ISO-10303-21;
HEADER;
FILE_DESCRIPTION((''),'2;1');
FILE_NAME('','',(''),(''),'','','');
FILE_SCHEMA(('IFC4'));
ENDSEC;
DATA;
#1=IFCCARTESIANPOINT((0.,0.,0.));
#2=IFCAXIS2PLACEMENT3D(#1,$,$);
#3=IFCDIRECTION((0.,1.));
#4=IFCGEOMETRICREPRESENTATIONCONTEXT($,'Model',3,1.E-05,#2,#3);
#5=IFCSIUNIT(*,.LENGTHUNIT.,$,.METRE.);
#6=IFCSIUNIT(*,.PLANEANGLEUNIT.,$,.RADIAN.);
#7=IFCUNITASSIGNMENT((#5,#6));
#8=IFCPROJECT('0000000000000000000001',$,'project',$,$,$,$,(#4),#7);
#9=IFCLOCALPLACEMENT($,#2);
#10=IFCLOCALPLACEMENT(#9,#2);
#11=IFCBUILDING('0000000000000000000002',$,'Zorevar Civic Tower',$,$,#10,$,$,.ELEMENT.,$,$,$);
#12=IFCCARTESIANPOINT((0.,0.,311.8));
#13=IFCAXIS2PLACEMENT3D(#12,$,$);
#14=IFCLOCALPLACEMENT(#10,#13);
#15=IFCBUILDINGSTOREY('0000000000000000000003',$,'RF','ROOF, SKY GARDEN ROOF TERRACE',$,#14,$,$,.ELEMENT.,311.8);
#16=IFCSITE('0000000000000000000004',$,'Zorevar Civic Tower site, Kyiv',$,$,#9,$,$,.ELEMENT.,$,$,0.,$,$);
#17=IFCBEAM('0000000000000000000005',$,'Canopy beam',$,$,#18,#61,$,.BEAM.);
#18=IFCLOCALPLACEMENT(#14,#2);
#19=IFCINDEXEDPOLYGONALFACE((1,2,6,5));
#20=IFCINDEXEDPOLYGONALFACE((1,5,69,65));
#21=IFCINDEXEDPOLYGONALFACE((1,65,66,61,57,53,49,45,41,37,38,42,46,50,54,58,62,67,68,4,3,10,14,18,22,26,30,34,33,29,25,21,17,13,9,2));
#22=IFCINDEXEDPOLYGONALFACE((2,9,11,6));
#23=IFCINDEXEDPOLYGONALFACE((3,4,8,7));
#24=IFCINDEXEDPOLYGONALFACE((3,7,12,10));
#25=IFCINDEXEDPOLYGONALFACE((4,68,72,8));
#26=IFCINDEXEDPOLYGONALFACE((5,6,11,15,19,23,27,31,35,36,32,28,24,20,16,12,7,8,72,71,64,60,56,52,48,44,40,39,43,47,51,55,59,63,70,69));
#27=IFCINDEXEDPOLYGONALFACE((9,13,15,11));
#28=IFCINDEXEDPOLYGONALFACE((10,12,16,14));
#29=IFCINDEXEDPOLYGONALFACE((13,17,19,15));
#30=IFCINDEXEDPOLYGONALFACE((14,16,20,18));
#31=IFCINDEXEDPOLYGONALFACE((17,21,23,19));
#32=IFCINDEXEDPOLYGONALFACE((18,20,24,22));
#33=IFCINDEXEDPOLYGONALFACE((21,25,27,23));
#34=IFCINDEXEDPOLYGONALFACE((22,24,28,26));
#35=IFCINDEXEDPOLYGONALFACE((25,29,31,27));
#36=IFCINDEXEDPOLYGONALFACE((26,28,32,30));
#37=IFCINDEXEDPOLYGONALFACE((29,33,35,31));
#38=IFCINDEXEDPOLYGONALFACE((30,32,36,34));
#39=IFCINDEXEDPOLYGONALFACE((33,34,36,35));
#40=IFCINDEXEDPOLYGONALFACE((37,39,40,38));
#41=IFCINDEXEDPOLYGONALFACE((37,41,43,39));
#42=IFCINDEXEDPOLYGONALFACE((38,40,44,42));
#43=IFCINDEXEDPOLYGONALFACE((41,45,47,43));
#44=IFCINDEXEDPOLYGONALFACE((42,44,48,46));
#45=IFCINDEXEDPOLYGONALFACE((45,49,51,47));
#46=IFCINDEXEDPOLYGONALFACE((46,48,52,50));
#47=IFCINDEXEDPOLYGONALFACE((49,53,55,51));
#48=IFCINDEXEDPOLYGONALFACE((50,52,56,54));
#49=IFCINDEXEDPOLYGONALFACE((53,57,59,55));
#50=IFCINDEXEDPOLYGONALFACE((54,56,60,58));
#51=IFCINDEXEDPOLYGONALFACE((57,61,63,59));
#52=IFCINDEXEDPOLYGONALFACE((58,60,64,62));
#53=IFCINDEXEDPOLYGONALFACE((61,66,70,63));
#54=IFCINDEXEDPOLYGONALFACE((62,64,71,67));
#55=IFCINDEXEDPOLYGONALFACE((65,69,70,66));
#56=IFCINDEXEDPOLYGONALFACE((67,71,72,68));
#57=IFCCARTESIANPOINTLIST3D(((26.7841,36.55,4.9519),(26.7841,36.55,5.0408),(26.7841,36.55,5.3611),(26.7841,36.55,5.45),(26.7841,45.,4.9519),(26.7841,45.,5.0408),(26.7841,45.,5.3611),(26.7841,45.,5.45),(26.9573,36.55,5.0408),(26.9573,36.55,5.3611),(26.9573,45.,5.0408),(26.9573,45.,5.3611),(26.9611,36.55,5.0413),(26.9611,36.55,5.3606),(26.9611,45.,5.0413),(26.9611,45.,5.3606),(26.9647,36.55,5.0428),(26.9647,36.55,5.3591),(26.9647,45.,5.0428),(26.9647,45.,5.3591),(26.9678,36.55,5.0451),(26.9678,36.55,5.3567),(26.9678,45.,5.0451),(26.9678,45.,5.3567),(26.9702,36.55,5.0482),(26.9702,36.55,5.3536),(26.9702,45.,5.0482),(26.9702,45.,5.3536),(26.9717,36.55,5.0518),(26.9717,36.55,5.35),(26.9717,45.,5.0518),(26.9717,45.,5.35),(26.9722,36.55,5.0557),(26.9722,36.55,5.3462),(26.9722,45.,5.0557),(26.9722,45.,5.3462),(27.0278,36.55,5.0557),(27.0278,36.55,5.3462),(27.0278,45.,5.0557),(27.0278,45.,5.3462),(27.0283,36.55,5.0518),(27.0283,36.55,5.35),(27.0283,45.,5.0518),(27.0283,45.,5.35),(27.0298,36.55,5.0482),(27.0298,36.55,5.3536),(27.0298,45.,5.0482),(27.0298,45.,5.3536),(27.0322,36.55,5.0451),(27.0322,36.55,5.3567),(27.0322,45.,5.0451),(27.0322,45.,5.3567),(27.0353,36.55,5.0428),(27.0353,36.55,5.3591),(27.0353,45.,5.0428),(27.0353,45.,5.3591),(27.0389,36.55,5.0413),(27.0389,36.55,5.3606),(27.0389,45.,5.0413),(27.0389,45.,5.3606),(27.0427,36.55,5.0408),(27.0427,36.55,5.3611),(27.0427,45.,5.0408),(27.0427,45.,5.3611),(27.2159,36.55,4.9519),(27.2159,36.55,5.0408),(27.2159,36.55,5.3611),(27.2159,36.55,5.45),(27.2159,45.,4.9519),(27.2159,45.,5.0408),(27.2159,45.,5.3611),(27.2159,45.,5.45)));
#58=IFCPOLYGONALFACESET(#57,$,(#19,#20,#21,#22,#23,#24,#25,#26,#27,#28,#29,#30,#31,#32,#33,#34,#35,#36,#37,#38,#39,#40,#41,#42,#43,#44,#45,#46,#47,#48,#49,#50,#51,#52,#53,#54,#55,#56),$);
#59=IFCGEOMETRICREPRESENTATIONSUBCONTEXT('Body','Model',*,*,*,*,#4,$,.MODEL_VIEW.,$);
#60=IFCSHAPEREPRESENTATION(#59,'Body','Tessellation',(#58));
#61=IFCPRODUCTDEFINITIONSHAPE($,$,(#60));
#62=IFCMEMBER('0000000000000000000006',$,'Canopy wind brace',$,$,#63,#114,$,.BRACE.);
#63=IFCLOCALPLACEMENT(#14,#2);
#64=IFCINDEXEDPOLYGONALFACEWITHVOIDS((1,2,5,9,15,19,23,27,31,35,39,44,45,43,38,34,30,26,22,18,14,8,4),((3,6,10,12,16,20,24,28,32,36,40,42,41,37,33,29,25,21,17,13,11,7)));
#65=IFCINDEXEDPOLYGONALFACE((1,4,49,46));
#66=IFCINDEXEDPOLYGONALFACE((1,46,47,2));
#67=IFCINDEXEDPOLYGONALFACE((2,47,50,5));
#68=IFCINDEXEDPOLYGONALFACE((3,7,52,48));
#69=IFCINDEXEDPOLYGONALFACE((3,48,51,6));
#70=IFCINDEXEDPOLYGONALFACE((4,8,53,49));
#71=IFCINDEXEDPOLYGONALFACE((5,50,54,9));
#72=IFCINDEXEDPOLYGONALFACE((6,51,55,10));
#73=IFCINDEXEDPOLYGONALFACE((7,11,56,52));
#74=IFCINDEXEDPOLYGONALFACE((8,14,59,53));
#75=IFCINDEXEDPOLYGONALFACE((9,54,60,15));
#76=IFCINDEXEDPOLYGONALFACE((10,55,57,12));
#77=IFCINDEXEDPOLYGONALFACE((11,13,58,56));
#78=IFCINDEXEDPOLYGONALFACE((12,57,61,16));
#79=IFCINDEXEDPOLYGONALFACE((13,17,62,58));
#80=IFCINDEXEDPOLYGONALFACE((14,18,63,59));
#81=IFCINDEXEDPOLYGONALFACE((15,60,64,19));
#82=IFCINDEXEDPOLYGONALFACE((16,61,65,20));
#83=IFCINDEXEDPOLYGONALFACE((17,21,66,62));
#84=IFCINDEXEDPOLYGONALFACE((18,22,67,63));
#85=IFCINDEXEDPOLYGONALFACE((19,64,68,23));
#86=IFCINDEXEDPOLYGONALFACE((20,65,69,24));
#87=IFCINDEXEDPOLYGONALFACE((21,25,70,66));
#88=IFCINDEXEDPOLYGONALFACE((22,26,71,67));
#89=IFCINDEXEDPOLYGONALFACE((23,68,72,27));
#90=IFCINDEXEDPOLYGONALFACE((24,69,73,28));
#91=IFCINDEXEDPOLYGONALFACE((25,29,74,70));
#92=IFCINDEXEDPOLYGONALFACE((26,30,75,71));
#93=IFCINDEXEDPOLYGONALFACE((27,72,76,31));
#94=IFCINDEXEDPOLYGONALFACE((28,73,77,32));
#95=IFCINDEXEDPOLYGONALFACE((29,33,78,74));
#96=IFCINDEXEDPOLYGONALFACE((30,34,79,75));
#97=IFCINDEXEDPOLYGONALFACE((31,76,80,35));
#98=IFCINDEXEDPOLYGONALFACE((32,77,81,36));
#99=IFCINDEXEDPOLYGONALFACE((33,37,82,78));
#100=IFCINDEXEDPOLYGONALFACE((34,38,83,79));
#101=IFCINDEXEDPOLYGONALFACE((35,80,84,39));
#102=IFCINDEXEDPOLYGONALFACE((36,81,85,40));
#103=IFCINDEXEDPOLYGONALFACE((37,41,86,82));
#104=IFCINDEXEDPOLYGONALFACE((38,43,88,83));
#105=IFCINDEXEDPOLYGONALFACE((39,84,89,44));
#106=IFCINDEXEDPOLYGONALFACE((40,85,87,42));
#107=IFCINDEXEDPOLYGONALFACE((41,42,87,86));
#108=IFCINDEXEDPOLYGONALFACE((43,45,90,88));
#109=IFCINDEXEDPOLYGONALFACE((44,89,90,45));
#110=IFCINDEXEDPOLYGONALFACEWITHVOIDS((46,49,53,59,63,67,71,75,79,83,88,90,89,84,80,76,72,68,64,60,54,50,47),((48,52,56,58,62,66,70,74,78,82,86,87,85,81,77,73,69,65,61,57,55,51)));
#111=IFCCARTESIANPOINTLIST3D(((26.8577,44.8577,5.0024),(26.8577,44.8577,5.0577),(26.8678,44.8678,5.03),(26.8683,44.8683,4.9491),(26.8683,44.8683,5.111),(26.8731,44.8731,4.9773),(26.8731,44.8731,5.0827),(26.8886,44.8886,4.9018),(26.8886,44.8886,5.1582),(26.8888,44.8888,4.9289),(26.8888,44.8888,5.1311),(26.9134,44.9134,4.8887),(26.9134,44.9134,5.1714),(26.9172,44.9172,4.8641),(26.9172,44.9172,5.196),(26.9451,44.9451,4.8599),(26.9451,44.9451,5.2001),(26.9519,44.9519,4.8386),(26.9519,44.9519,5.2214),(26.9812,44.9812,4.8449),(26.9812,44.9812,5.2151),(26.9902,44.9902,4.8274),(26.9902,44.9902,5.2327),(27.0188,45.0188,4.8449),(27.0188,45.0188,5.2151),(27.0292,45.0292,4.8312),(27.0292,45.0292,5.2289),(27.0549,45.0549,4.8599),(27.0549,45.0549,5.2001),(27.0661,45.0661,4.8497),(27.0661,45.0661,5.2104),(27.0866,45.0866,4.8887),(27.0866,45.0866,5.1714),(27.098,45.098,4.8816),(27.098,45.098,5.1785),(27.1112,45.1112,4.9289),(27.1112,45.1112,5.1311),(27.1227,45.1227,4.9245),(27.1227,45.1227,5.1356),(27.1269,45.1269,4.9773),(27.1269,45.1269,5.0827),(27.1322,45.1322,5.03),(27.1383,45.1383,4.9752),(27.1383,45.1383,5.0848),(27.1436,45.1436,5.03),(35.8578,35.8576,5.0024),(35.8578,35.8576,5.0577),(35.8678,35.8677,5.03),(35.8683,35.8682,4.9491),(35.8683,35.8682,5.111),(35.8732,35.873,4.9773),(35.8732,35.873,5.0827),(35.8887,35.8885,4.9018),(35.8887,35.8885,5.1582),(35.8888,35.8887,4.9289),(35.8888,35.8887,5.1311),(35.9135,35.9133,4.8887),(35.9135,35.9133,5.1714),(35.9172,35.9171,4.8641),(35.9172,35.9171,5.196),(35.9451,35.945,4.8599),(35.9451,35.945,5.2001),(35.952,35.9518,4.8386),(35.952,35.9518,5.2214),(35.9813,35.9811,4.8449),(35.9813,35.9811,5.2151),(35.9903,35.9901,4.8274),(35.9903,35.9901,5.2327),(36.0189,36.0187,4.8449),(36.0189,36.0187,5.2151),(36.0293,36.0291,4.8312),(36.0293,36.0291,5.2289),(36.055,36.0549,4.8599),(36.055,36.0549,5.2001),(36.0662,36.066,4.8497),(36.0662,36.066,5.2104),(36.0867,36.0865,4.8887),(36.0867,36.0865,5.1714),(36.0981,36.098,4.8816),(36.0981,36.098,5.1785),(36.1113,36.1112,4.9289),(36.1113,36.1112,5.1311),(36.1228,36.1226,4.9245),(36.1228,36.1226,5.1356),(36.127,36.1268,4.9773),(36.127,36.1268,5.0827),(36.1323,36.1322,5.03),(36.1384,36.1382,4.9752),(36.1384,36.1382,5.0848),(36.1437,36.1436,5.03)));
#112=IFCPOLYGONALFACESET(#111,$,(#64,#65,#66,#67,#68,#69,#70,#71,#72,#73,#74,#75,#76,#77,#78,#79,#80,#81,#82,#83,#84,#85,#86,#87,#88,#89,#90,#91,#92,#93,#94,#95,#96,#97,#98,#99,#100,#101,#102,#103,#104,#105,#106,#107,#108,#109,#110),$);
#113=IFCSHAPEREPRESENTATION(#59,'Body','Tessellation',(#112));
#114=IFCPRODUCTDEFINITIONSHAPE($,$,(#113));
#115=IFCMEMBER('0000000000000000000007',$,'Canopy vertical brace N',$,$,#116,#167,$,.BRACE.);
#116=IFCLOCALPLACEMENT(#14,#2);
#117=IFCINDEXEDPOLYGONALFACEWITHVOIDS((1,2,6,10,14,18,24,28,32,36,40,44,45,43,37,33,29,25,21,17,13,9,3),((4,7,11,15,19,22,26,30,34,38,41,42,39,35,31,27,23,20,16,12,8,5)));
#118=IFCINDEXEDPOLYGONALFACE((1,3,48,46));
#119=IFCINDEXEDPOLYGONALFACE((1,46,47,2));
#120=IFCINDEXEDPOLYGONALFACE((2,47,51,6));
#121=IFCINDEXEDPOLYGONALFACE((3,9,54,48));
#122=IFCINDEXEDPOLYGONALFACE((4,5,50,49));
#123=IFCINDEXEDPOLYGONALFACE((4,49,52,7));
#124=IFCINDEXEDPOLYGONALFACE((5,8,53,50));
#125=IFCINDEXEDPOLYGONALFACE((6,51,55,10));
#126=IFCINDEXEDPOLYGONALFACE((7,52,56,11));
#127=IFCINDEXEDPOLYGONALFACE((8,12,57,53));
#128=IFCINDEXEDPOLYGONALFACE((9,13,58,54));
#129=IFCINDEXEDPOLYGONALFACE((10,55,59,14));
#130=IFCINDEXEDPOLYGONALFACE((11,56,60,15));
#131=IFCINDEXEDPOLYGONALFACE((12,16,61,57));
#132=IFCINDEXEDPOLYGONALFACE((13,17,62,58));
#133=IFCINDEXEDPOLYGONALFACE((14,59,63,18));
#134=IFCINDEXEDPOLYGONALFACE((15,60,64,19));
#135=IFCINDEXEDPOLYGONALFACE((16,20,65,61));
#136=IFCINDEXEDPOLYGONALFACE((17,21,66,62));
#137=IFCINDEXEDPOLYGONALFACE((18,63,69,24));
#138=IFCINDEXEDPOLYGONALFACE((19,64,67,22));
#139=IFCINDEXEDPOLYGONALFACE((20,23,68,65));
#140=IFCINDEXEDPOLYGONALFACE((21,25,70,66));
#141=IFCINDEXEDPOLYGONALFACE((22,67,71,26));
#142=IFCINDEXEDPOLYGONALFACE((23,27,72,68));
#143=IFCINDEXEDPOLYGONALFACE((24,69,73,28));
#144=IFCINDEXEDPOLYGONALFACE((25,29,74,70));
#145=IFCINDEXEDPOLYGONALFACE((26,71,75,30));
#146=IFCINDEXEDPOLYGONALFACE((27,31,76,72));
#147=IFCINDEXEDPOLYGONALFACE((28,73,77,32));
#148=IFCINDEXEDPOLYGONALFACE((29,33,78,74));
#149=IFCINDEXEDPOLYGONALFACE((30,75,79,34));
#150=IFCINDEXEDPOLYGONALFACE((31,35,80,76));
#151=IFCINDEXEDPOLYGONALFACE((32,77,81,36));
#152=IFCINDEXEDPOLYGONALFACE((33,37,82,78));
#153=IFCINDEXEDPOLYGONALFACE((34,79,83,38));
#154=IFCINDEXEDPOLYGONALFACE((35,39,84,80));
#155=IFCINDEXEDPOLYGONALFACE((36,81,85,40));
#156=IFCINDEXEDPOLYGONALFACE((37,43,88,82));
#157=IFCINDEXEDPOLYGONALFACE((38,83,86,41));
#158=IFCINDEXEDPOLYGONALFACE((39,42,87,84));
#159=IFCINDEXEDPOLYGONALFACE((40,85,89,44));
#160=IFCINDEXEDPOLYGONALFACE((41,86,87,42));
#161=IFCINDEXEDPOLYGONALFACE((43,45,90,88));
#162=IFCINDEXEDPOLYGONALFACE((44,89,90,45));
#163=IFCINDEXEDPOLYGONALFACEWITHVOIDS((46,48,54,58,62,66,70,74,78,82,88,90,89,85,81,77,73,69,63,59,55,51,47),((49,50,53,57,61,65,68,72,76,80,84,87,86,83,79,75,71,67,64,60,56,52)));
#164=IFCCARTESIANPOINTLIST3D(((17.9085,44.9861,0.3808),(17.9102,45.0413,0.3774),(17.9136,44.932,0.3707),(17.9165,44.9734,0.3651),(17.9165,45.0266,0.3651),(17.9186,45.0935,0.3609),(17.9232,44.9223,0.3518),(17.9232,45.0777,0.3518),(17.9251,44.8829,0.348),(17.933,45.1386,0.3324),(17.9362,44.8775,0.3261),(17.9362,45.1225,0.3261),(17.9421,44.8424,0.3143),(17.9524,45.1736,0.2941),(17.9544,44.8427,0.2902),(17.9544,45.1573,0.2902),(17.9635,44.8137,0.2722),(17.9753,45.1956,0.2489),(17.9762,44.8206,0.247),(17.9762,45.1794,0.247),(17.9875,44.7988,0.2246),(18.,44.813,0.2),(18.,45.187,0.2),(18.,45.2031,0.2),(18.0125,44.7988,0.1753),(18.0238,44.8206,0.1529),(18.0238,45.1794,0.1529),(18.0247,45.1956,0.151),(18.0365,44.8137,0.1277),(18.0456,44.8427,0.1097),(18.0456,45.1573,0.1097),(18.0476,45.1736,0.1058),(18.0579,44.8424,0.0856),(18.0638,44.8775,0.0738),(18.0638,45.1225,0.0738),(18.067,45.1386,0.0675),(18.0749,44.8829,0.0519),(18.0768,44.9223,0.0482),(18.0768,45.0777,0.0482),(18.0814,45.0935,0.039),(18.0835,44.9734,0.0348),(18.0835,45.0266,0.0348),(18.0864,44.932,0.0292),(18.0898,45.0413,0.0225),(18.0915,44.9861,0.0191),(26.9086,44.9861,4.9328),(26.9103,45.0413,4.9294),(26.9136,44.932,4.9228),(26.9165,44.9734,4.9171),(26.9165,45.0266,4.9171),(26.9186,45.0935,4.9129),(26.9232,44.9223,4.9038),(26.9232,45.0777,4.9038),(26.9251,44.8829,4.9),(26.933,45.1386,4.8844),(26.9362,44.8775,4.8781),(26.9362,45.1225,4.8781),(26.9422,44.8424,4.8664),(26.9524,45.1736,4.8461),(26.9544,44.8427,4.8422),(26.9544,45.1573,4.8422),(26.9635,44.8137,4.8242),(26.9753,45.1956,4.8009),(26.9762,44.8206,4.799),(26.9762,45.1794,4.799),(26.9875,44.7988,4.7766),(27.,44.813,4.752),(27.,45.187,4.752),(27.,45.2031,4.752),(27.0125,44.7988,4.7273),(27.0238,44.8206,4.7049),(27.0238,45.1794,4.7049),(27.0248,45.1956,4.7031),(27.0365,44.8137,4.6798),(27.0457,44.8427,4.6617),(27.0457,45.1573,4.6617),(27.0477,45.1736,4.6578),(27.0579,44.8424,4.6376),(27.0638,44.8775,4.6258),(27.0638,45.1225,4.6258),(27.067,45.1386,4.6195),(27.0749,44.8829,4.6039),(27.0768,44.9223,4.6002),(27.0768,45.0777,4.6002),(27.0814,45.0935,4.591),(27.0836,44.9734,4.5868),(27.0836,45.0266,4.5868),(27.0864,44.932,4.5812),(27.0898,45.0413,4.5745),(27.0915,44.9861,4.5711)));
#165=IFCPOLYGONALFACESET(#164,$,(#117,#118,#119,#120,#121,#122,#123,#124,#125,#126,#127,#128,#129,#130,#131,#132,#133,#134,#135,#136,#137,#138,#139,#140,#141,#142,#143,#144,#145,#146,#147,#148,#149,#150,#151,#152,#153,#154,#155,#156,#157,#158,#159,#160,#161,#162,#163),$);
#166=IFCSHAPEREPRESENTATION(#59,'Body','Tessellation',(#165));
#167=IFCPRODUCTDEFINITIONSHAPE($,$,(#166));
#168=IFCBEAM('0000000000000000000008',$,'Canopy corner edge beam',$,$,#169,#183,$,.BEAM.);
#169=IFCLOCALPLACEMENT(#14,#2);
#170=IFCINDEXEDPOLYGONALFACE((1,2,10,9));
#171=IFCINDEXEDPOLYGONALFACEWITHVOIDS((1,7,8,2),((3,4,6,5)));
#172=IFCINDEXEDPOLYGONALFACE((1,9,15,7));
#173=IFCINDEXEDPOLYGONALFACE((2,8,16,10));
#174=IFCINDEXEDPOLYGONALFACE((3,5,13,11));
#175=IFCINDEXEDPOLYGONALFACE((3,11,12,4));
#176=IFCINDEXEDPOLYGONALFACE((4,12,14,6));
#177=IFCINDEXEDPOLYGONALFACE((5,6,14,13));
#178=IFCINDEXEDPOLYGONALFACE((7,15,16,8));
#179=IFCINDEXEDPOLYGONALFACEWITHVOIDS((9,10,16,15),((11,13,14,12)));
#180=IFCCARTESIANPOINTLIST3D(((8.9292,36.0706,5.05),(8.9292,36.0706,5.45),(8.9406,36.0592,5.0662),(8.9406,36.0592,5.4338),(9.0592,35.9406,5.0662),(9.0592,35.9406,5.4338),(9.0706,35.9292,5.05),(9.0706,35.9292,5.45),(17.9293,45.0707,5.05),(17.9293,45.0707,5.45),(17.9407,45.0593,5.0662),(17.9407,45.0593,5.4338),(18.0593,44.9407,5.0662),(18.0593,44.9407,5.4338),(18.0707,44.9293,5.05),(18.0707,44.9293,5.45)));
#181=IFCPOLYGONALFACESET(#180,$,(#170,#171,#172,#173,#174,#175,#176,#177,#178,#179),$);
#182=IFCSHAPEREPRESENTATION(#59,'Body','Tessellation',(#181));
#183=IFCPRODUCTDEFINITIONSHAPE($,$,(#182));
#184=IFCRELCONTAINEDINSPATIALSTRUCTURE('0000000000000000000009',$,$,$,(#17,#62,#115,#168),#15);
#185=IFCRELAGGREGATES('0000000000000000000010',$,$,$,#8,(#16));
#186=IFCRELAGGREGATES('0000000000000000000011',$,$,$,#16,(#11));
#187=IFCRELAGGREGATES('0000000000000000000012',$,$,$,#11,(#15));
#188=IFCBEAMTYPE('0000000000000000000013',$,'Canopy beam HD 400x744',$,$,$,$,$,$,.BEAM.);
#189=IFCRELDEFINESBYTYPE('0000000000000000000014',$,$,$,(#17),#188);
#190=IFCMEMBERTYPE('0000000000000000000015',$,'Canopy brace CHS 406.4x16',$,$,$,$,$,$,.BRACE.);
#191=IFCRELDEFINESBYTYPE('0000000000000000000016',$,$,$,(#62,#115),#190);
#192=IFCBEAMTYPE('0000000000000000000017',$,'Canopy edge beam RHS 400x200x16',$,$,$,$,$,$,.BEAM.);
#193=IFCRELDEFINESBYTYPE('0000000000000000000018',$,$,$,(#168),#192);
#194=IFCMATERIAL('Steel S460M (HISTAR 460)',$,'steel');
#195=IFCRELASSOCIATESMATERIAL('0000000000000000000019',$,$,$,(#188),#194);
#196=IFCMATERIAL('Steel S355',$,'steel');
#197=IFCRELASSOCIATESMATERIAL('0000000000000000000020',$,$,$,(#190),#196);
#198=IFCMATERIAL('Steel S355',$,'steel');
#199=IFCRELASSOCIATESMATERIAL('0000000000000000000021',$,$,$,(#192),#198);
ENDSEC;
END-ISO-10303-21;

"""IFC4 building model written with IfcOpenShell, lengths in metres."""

from ifc_helpers import new_model, si_unit, direction, frame, origin, origin_2d, place, context, subcontext, project, spatial, hollow_rectangle, hollow_circle, i_section, extrude, material, material_profile, profile_set, type_object, element, save


model = new_model("IFC4")

# Units and contexts
model_context = context("Model", 3, precision=1e-05, world=origin(), true_north=direction((0.0, 1.0)))
body_context = subcontext(model_context, "Body", "Model", "MODEL_VIEW")
ifc_project = project(units=[si_unit("LENGTHUNIT", "METRE"), si_unit("PLANEANGLEUNIT", "RADIAN")], contexts=[model_context])

# Site, building, storey
site_placement = place(None, origin())
site = spatial("IfcSite", under=ifc_project, at=site_placement, Name="Zorevar Civic Tower site, Kyiv", CompositionType="ELEMENT", RefElevation=0.0)
building_placement = place(site_placement, origin())
building = spatial("IfcBuilding", under=site, at=building_placement, Name="Zorevar Civic Tower", CompositionType="ELEMENT")
storey_placement = place(building_placement, frame((0.0, 0.0, 311.8)))
storey = spatial("IfcBuildingStorey", under=building, at=storey_placement, Name="RF", Description="ROOF, SKY GARDEN ROOF TERRACE", CompositionType="ELEMENT", Elevation=311.8)

# Beam
ifc_material_1 = material(Name="Steel S460M (HISTAR 460)", Category="steel")
ifc_material_profile_1 = material_profile(ifc_material_1, i_section(OverallWidth=0.4319, OverallDepth=0.498, WebThickness=0.0557, FlangeThickness=0.0889, FilletRadius=0.0149, at=origin_2d()), Name="HD 400x744")
ifc_profile_set_1 = profile_set([ifc_material_profile_1], Name="Steel S460M (HISTAR 460)")
beam_type_1 = type_object("IfcBeamType", Name="Canopy beam HD 400x744", PredefinedType="BEAM", material=ifc_profile_set_1)
for number, where, z_axis, x_axis, name in (
    (1, (27.0, 36.55, 5.2009), (0.0, 1.0, 0.0), (-1.0, 0.0, 0.0), "Canopy beam"),
):
    element("IfcBeam", number, at=place(storey_placement, frame(where, z_axis=z_axis, x_axis=x_axis)), inside=storey, type_object=beam_type_1, Name=name, PredefinedType="BEAM", context=body_context, shape_type="SweptSolid", body=[
        extrude(i_section(OverallWidth=0.4319, OverallDepth=0.498, WebThickness=0.0557, FlangeThickness=0.0889, FilletRadius=0.0149, at=origin_2d()), origin(), (0.0, 0.0, 1.0), 8.45),
    ])

# Members
ifc_material_2 = material(Name="Steel S355", Category="steel")
ifc_material_profile_2 = material_profile(ifc_material_2, hollow_circle(Radius=0.2031, WallThickness=0.0161, at=origin_2d()), Name="CHS 406.4x16")
ifc_profile_set_2 = profile_set([ifc_material_profile_2], Name="Steel S355")
member_type_1 = type_object("IfcMemberType", Name="Canopy brace CHS 406.4x16", PredefinedType="BRACE", material=ifc_profile_set_2)
member_1_placement = place(storey_placement, frame((27.0, 45.0, 5.03), z_axis=(0.707107, -0.707107, 0.0), x_axis=(0.707107, 0.707107, 0.0)))
element("IfcMember", 2, at=member_1_placement, inside=storey, type_object=member_type_1, Name="Canopy wind brace", PredefinedType="BRACE", context=body_context, shape_type="SweptSolid", body=[
    extrude(hollow_circle(Radius=0.2031, WallThickness=0.0161, at=origin_2d()), origin(), (0.0, 0.0, 1.0), 12.728),
])
member_2_placement = place(storey_placement, frame((18.0, 45.0, 0.2), z_axis=(0.892355, 0.0, 0.451334), x_axis=(0.0, 1.0, 0.0)))
element("IfcMember", 3, at=member_2_placement, inside=storey, type_object=member_type_1, Name="Canopy vertical brace N", PredefinedType="BRACE", context=body_context, shape_type="SweptSolid", body=[
    extrude(hollow_circle(Radius=0.2031, WallThickness=0.0161, at=origin_2d()), origin(), (0.0, 0.0, 1.0), 10.0857),
])

# Beam
ifc_material_3 = material(Name="Steel S355", Category="steel")
ifc_material_profile_3 = material_profile(ifc_material_3, hollow_rectangle(XDim=0.2, YDim=0.3999, WallThickness=0.0161, at=origin_2d()), Name="RHS 400x200x16")
ifc_profile_set_3 = profile_set([ifc_material_profile_3], Name="Steel S355")
beam_type_2 = type_object("IfcBeamType", Name="Canopy edge beam RHS 400x200x16", PredefinedType="BEAM", material=ifc_profile_set_3)
beam_1_placement = place(storey_placement, frame((18.0, 45.0, 5.25), z_axis=(-0.707107, -0.707107, 0.0), x_axis=(0.707107, -0.707107, 0.0)))
element("IfcBeam", 4, at=beam_1_placement, inside=storey, type_object=beam_type_2, Name="Canopy corner edge beam", PredefinedType="BEAM", context=body_context, shape_type="SweptSolid", body=[
    extrude(hollow_rectangle(XDim=0.2, YDim=0.3999, WallThickness=0.0161, at=origin_2d()), origin(), (0.0, 0.0, 1.0), 12.728),
])

save(model, "model.ifc")
